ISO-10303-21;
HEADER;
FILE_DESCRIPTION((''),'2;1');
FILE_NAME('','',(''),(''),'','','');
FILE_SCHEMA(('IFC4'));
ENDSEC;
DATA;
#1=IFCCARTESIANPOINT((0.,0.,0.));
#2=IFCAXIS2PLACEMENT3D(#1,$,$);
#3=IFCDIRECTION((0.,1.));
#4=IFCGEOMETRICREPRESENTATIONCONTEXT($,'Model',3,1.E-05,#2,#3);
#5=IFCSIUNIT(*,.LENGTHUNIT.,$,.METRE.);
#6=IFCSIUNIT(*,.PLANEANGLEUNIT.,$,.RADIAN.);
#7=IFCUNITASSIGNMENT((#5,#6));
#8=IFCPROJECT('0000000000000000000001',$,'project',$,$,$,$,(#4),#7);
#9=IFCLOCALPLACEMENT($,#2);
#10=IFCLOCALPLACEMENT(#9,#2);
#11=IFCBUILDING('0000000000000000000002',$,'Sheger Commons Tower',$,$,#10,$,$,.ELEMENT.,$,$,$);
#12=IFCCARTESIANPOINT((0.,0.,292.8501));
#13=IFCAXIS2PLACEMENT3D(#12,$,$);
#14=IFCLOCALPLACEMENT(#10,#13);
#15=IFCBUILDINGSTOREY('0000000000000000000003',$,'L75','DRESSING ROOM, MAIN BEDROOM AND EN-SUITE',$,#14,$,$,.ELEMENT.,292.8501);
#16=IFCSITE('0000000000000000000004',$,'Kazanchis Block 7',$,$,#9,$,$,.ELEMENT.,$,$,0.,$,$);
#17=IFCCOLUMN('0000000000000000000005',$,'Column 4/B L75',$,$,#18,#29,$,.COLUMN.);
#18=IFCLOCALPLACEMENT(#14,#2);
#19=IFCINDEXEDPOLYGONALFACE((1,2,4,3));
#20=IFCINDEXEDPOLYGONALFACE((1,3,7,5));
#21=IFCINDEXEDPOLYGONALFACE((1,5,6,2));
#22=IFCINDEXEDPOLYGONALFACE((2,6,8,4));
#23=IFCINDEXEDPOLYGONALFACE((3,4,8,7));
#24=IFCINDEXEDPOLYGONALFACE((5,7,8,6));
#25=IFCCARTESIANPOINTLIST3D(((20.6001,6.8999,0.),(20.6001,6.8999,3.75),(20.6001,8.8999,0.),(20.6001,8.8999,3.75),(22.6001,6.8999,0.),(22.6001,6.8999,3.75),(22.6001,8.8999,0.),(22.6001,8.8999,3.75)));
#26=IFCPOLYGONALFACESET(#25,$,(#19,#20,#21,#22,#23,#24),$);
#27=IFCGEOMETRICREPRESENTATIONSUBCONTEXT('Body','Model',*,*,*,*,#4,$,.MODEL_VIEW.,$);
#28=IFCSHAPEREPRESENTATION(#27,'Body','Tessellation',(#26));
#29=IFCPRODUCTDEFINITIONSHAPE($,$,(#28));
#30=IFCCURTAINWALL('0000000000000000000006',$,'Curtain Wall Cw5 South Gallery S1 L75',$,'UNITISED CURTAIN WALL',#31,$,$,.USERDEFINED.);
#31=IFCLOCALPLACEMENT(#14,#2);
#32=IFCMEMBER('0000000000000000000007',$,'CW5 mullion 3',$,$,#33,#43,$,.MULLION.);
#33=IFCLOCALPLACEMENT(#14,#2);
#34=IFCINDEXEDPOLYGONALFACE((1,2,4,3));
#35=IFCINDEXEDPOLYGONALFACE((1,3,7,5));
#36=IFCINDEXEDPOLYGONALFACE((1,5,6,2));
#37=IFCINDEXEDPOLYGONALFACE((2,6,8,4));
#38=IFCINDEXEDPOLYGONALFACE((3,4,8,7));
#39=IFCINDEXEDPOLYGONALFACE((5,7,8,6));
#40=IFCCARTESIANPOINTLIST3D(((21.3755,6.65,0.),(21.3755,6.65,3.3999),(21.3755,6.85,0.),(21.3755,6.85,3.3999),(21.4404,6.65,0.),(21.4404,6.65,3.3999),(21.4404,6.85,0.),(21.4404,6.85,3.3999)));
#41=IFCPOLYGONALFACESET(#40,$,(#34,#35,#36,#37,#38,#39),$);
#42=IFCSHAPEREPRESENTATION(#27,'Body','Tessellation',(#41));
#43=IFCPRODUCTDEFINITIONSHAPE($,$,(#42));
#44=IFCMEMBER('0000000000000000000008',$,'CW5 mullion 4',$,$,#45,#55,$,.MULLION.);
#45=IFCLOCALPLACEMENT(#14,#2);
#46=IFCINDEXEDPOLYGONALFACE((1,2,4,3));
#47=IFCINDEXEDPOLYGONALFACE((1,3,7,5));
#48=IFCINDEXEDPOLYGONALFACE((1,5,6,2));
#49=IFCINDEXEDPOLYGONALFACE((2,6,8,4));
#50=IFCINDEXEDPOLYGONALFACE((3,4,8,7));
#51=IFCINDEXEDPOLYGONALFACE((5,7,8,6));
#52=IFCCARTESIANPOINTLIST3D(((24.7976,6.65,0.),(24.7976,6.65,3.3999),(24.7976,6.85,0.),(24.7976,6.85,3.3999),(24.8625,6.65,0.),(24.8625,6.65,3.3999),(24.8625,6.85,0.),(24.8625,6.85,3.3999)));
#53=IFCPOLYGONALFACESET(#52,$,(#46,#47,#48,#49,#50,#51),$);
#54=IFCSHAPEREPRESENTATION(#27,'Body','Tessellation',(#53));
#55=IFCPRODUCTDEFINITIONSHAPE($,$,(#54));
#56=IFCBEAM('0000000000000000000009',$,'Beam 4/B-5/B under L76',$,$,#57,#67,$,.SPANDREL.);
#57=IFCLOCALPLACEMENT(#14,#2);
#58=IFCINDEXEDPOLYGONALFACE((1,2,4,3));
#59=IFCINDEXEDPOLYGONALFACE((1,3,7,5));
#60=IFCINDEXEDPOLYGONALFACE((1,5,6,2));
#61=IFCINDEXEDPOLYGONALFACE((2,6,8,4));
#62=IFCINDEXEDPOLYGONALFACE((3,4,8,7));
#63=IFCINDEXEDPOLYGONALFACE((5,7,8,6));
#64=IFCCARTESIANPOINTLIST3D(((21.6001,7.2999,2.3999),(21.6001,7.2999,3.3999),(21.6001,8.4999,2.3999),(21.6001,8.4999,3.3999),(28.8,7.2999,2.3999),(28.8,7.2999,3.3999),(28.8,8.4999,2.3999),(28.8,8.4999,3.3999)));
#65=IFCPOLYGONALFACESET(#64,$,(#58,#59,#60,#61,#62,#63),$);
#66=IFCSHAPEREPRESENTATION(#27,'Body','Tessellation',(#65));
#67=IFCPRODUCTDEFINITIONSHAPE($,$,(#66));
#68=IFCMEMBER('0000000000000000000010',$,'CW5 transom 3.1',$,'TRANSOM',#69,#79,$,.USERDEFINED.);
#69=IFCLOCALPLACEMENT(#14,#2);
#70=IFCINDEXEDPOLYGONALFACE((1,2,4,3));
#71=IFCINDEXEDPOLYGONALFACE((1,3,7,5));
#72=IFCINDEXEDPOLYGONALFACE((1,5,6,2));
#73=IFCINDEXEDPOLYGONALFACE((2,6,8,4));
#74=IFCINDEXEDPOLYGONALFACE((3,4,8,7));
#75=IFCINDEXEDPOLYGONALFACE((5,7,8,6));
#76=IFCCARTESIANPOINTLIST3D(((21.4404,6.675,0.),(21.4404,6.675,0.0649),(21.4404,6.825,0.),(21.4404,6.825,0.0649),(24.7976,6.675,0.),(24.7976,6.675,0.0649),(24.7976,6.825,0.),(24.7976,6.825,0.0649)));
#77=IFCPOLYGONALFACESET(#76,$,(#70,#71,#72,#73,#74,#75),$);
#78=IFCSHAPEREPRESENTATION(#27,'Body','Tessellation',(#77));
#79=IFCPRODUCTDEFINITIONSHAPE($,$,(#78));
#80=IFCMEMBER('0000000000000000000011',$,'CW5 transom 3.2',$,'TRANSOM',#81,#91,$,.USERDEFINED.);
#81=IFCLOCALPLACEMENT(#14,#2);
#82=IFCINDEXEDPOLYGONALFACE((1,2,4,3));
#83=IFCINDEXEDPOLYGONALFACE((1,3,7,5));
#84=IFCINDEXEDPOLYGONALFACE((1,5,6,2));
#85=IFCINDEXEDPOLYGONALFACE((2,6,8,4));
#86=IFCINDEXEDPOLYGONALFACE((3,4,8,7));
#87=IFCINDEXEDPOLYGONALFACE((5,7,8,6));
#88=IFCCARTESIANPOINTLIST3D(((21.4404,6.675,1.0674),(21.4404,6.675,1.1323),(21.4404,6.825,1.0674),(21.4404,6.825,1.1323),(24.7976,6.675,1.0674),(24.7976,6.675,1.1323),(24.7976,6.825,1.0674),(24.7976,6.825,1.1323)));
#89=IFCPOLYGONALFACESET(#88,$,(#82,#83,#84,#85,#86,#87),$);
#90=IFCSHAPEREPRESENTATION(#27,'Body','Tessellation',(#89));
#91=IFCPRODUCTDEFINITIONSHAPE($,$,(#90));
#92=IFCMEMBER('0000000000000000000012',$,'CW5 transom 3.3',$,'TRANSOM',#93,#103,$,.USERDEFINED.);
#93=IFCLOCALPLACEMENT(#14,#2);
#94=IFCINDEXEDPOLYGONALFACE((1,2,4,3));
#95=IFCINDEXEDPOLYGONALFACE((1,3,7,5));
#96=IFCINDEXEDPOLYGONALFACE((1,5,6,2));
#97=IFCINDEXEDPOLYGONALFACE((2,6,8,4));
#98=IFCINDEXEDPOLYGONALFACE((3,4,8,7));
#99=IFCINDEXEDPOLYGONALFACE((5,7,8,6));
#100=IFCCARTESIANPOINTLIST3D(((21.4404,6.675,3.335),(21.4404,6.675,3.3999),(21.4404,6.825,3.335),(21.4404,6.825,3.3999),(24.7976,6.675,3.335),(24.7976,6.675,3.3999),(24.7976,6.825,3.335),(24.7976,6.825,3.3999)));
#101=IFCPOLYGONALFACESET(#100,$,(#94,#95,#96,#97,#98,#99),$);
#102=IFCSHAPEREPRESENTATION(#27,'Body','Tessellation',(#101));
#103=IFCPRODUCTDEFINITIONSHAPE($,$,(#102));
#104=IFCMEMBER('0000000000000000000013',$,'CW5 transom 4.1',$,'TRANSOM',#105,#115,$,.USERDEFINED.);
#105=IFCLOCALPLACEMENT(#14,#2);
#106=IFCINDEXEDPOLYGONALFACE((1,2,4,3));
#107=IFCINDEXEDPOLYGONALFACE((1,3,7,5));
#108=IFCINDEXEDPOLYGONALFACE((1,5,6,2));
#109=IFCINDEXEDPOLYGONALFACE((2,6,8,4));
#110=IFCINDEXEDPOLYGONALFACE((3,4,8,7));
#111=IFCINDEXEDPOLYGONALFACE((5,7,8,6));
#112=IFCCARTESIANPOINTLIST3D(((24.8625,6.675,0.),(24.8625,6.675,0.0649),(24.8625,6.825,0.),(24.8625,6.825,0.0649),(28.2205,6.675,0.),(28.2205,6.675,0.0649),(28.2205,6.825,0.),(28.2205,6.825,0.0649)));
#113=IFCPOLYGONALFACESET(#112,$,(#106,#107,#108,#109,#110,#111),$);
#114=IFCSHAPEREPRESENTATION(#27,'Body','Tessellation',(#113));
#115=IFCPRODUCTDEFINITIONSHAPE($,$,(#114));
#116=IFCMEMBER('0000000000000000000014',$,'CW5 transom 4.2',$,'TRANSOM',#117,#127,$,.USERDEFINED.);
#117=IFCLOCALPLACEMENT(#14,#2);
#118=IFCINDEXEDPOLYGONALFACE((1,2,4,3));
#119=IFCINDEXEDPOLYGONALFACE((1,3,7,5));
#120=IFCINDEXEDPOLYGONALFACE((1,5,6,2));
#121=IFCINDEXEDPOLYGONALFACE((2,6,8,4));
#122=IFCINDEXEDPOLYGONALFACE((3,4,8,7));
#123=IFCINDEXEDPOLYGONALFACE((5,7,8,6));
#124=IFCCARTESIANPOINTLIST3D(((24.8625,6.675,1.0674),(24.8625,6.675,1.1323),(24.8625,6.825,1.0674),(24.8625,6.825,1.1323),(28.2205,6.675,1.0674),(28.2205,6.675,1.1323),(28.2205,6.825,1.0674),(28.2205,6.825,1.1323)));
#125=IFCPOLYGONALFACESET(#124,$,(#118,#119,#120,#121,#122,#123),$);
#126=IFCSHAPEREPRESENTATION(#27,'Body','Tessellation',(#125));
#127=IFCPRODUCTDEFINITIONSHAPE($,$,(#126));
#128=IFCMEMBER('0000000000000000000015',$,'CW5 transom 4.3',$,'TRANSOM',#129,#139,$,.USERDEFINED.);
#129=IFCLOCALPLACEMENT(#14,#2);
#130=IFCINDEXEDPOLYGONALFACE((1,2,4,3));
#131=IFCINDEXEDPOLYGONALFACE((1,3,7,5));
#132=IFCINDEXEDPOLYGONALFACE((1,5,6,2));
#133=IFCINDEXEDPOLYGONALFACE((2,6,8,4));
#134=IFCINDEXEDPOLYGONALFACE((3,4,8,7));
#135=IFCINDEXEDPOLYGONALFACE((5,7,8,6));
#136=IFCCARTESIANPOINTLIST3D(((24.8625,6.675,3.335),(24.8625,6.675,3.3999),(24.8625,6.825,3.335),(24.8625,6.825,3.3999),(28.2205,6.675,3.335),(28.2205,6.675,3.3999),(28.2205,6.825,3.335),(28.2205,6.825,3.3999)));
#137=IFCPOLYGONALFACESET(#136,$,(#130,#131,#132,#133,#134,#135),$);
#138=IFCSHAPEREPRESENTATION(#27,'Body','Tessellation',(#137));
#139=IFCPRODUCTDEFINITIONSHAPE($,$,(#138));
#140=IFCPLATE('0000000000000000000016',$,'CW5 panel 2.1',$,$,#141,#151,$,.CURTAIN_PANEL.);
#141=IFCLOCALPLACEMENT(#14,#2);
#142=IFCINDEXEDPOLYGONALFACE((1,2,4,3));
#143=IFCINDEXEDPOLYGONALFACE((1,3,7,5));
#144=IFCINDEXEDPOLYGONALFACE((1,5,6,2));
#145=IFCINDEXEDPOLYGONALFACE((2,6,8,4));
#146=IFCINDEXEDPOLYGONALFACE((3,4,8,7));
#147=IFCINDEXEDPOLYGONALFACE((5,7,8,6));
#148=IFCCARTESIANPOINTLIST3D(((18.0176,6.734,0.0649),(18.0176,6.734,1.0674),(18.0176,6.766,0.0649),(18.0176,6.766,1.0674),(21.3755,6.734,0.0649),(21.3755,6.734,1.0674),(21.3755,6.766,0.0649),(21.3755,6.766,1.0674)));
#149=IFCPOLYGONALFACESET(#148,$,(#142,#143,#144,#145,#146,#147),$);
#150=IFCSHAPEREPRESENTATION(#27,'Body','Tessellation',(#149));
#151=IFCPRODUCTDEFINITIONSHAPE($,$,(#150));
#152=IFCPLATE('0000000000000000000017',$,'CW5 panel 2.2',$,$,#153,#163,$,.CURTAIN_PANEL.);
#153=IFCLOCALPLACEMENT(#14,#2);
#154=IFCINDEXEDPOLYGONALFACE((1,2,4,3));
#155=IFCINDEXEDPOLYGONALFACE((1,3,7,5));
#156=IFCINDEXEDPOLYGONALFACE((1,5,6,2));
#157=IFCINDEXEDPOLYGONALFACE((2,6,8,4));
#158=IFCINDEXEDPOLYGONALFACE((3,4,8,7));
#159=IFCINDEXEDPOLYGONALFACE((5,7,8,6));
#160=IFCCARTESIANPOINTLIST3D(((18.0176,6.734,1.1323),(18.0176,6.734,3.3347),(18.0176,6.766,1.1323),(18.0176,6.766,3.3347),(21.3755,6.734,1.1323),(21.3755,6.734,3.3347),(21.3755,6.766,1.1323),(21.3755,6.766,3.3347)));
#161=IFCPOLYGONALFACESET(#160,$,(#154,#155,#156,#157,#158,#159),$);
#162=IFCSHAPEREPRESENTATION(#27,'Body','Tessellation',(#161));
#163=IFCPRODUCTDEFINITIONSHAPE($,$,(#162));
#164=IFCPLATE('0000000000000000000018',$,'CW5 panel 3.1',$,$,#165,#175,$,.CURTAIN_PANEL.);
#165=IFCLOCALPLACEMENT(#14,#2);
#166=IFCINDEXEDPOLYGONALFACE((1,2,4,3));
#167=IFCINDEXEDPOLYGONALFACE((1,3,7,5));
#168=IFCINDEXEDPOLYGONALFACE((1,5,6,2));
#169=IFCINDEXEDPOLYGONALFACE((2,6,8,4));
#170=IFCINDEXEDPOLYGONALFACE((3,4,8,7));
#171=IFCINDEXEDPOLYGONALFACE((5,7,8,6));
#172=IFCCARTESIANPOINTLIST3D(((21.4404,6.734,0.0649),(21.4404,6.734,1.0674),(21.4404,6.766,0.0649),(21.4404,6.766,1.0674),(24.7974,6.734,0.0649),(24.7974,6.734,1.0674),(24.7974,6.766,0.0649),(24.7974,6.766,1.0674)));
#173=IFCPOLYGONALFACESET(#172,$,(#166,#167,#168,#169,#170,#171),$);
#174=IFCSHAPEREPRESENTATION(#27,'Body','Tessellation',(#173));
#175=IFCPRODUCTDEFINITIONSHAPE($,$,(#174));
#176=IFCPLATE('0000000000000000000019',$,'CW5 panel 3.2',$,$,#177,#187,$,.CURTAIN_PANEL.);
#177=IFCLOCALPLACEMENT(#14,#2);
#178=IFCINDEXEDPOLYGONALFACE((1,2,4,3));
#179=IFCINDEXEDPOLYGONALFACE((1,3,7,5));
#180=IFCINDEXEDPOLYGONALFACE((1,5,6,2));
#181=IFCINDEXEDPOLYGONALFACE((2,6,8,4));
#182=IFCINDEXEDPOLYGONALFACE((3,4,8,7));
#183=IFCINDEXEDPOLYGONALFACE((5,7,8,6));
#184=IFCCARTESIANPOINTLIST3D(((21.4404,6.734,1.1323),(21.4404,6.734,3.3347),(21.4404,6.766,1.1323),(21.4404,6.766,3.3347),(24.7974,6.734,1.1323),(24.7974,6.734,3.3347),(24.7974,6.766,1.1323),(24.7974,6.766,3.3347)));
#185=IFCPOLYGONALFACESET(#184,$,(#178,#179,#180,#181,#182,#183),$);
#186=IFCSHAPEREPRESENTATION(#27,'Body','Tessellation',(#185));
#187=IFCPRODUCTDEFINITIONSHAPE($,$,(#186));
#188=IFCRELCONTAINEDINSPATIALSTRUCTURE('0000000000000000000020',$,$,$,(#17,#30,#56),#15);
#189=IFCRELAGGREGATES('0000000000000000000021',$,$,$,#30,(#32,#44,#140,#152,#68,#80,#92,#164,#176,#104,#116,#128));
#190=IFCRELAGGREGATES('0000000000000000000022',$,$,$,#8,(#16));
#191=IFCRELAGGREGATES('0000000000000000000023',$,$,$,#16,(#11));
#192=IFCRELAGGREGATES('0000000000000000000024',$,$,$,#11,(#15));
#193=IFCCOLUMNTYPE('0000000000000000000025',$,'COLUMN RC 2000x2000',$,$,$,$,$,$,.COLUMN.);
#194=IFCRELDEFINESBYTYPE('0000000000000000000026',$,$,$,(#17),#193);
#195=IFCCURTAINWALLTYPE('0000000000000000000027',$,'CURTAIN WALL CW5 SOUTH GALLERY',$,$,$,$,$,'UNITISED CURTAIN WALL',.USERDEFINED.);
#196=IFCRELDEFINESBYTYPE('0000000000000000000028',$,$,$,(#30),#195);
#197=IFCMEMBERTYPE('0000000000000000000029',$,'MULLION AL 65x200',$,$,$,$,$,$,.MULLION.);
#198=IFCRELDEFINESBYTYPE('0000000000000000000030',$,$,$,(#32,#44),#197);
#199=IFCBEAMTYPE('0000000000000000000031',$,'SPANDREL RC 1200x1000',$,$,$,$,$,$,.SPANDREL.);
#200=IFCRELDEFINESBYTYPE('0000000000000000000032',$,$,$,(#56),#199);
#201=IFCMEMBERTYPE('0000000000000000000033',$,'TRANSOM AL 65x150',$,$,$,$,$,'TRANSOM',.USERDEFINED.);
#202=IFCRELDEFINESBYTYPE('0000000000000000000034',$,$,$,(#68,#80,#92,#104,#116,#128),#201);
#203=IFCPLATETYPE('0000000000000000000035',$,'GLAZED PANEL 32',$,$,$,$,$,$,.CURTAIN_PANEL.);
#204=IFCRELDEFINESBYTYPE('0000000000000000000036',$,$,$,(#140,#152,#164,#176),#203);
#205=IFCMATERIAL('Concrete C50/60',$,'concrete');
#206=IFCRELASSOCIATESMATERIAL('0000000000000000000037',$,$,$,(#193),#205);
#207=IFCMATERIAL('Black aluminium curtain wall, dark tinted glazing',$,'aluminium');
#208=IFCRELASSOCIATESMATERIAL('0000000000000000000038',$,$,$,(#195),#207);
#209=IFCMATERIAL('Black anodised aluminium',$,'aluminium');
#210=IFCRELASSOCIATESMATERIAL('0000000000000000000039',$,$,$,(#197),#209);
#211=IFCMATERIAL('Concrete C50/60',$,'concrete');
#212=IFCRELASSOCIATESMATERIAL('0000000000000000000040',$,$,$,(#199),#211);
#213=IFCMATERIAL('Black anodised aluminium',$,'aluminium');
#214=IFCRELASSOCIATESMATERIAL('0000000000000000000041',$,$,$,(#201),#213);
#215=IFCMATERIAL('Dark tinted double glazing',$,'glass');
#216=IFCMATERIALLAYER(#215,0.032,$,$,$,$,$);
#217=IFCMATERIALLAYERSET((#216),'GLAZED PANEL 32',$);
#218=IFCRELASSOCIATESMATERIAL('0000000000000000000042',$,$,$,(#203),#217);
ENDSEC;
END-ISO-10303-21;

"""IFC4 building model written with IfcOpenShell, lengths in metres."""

from ifc_helpers import new_model, si_unit, direction, frame, origin, origin_2d, place, context, subcontext, project, spatial, rectangle, extrude, material, layer, layer_set, material_profile, profile_set, type_object, element, aggregate, save


model = new_model("IFC4")

# Units and contexts
model_context = context("Model", 3, precision=1e-05, world=origin(), true_north=direction((0.0, 1.0)))
body_context = subcontext(model_context, "Body", "Model", "MODEL_VIEW")
ifc_project = project(units=[si_unit("LENGTHUNIT", "METRE"), si_unit("PLANEANGLEUNIT", "RADIAN")], contexts=[model_context])

# Site, building, storey
site_placement = place(None, origin())
site = spatial("IfcSite", under=ifc_project, at=site_placement, Name="Kazanchis Block 7", CompositionType="ELEMENT", RefElevation=0.0)
building_placement = place(site_placement, origin())
building = spatial("IfcBuilding", under=site, at=building_placement, Name="Sheger Commons Tower", CompositionType="ELEMENT")
storey_placement = place(building_placement, frame((0.0, 0.0, 292.8501)))
storey = spatial("IfcBuildingStorey", under=building, at=storey_placement, Name="L75", Description="DRESSING ROOM, MAIN BEDROOM AND EN-SUITE", CompositionType="ELEMENT", Elevation=292.8501)

# Column
ifc_material_1 = material(Name="Concrete C50/60", Category="concrete")
ifc_material_profile_1 = material_profile(ifc_material_1, rectangle(XDim=2.0, YDim=2.0, at=origin_2d()), Name="RC 2000x2000")
ifc_profile_set_1 = profile_set([ifc_material_profile_1], Name="Concrete C50/60")
column_type = type_object("IfcColumnType", Name="COLUMN RC 2000x2000", PredefinedType="COLUMN", material=ifc_profile_set_1)
column_placement = place(storey_placement, frame((21.6001, 7.8999, 0.0), z_axis=(0.0, 0.0, 1.0), x_axis=(1.0, 0.0, 0.0)))
element("IfcColumn", 1, at=column_placement, inside=storey, type_object=column_type, Name="Column 4/B L75", PredefinedType="COLUMN", context=body_context, shape_type="SweptSolid", body=[
    extrude(rectangle(XDim=2.0, YDim=2.0, at=origin_2d()), origin(), (0.0, 0.0, 1.0), 3.75),
])

# Curtain wall, members
ifc_material_2 = material(Name="Black aluminium curtain wall, dark tinted glazing", Category="aluminium")
curtain_wall_type = type_object("IfcCurtainWallType", Name="CURTAIN WALL CW5 SOUTH GALLERY", ElementType="UNITISED CURTAIN WALL", PredefinedType="USERDEFINED", material=ifc_material_2)
curtain_wall_placement = place(storey_placement, origin())
curtain_wall = element("IfcCurtainWall", 2, at=curtain_wall_placement, inside=storey, type_object=curtain_wall_type, Name="Curtain Wall Cw5 South Gallery S1 L75", ObjectType="UNITISED CURTAIN WALL", PredefinedType="USERDEFINED")
ifc_material_3 = material(Name="Black anodised aluminium", Category="aluminium")
ifc_material_profile_2 = material_profile(ifc_material_3, rectangle(XDim=0.2, YDim=0.0649, at=origin_2d()), Name="AL 65x200")
ifc_profile_set_2 = profile_set([ifc_material_profile_2], Name="Black anodised aluminium")
member_type_1 = type_object("IfcMemberType", Name="MULLION AL 65x200", PredefinedType="MULLION", material=ifc_profile_set_2)
member_1_placement = place(storey_placement, frame((21.408, 6.75, 0.0), z_axis=(0.0, 0.0, 1.0), x_axis=(0.0, 1.0, 0.0)))
member_1 = element("IfcMember", 3, at=member_1_placement, type_object=member_type_1, Name="CW5 mullion 3", PredefinedType="MULLION", context=body_context, shape_type="SweptSolid", body=[
    extrude(rectangle(XDim=0.2, YDim=0.0649, at=origin_2d()), origin(), (0.0, 0.0, 1.0), 3.3999),
])
member_2_placement = place(storey_placement, frame((24.8301, 6.75, 0.0), z_axis=(0.0, 0.0, 1.0), x_axis=(0.0, 1.0, 0.0)))
member_2 = element("IfcMember", 4, at=member_2_placement, type_object=member_type_1, Name="CW5 mullion 4", PredefinedType="MULLION", context=body_context, shape_type="SweptSolid", body=[
    extrude(rectangle(XDim=0.2, YDim=0.0649, at=origin_2d()), origin(), (0.0, 0.0, 1.0), 3.3999),
])

# Beam
ifc_material_4 = material(Name="Concrete C50/60", Category="concrete")
ifc_material_profile_3 = material_profile(ifc_material_4, rectangle(XDim=1.2, YDim=1.0, at=origin_2d()), Name="RC 1200x1000")
ifc_profile_set_3 = profile_set([ifc_material_profile_3], Name="Concrete C50/60")
beam_type = type_object("IfcBeamType", Name="SPANDREL RC 1200x1000", PredefinedType="SPANDREL", material=ifc_profile_set_3)
beam_placement = place(storey_placement, frame((21.6001, 7.8999, 2.8999), z_axis=(1.0, 0.0, 0.0), x_axis=(0.0, 1.0, 0.0)))
element("IfcBeam", 5, at=beam_placement, inside=storey, type_object=beam_type, Name="Beam 4/B-5/B under L76", PredefinedType="SPANDREL", context=body_context, shape_type="SweptSolid", body=[
    extrude(rectangle(XDim=1.2, YDim=1.0, at=origin_2d()), origin(), (0.0, 0.0, 1.0), 7.2),
])

# Members
ifc_material_5 = material(Name="Black anodised aluminium", Category="aluminium")
ifc_material_profile_4 = material_profile(ifc_material_5, rectangle(XDim=0.1499, YDim=0.0649, at=origin_2d()), Name="AL 65x150")
ifc_profile_set_4 = profile_set([ifc_material_profile_4], Name="Black anodised aluminium")
member_type_2 = type_object("IfcMemberType", Name="TRANSOM AL 65x150", ElementType="TRANSOM", PredefinedType="USERDEFINED", material=ifc_profile_set_4)
member_3_placement = place(storey_placement, frame((21.4404, 6.75, 0.0325), z_axis=(1.0, 0.0, 0.0), x_axis=(0.0, 1.0, 0.0)))
member_3 = element("IfcMember", 6, at=member_3_placement, type_object=member_type_2, Name="CW5 transom 3.1", ObjectType="TRANSOM", PredefinedType="USERDEFINED", context=body_context, shape_type="SweptSolid", body=[
    extrude(rectangle(XDim=0.1499, YDim=0.0649, at=origin_2d()), origin(), (0.0, 0.0, 1.0), 3.3572),
])
member_4_placement = place(storey_placement, frame((21.4404, 6.75, 1.0999), z_axis=(1.0, 0.0, 0.0), x_axis=(0.0, 1.0, 0.0)))
member_4 = element("IfcMember", 7, at=member_4_placement, type_object=member_type_2, Name="CW5 transom 3.2", ObjectType="TRANSOM", PredefinedType="USERDEFINED", context=body_context, shape_type="SweptSolid", body=[
    extrude(rectangle(XDim=0.1499, YDim=0.0649, at=origin_2d()), origin(), (0.0, 0.0, 1.0), 3.3572),
])
member_5_placement = place(storey_placement, frame((21.4404, 6.75, 3.3674), z_axis=(1.0, 0.0, 0.0), x_axis=(0.0, 1.0, 0.0)))
member_5 = element("IfcMember", 8, at=member_5_placement, type_object=member_type_2, Name="CW5 transom 3.3", ObjectType="TRANSOM", PredefinedType="USERDEFINED", context=body_context, shape_type="SweptSolid", body=[
    extrude(rectangle(XDim=0.1499, YDim=0.0649, at=origin_2d()), origin(), (0.0, 0.0, 1.0), 3.3572),
])
member_6_placement = place(storey_placement, frame((24.8625, 6.75, 0.0325), z_axis=(1.0, 0.0, 0.0), x_axis=(0.0, 1.0, 0.0)))
member_6 = element("IfcMember", 9, at=member_6_placement, type_object=member_type_2, Name="CW5 transom 4.1", ObjectType="TRANSOM", PredefinedType="USERDEFINED", context=body_context, shape_type="SweptSolid", body=[
    extrude(rectangle(XDim=0.1499, YDim=0.0649, at=origin_2d()), origin(), (0.0, 0.0, 1.0), 3.3579),
])
member_7_placement = place(storey_placement, frame((24.8625, 6.75, 1.0999), z_axis=(1.0, 0.0, 0.0), x_axis=(0.0, 1.0, 0.0)))
member_7 = element("IfcMember", 10, at=member_7_placement, type_object=member_type_2, Name="CW5 transom 4.2", ObjectType="TRANSOM", PredefinedType="USERDEFINED", context=body_context, shape_type="SweptSolid", body=[
    extrude(rectangle(XDim=0.1499, YDim=0.0649, at=origin_2d()), origin(), (0.0, 0.0, 1.0), 3.3579),
])
member_8_placement = place(storey_placement, frame((24.8625, 6.75, 3.3674), z_axis=(1.0, 0.0, 0.0), x_axis=(0.0, 1.0, 0.0)))
member_8 = element("IfcMember", 11, at=member_8_placement, type_object=member_type_2, Name="CW5 transom 4.3", ObjectType="TRANSOM", PredefinedType="USERDEFINED", context=body_context, shape_type="SweptSolid", body=[
    extrude(rectangle(XDim=0.1499, YDim=0.0649, at=origin_2d()), origin(), (0.0, 0.0, 1.0), 3.3579),
])

# Plates
ifc_material_6 = material(Name="Dark tinted double glazing", Category="glass")
ifc_layer_1 = layer(ifc_material_6, 0.032)
ifc_layer_set_1 = layer_set([ifc_layer_1], Name="GLAZED PANEL 32")
plate_type = type_object("IfcPlateType", Name="GLAZED PANEL 32", PredefinedType="CURTAIN_PANEL", material=ifc_layer_set_1)
plate_1_placement = place(storey_placement, frame((19.6965, 6.75, 0.0649), z_axis=(0.0, 0.0, 1.0), x_axis=(1.0, 0.0, 0.0)))
plate_1 = element("IfcPlate", 12, at=plate_1_placement, type_object=plate_type, Name="CW5 panel 2.1", PredefinedType="CURTAIN_PANEL", context=body_context, shape_type="SweptSolid", body=[
    extrude(rectangle(XDim=3.3579, YDim=0.032, at=origin_2d()), origin(), (0.0, 0.0, 1.0), 1.0024),
])
plate_2_placement = place(storey_placement, frame((19.6965, 6.75, 1.1323), z_axis=(0.0, 0.0, 1.0), x_axis=(1.0, 0.0, 0.0)))
plate_2 = element("IfcPlate", 13, at=plate_2_placement, type_object=plate_type, Name="CW5 panel 2.2", PredefinedType="CURTAIN_PANEL", context=body_context, shape_type="SweptSolid", body=[
    extrude(rectangle(XDim=3.3579, YDim=0.032, at=origin_2d()), origin(), (0.0, 0.0, 1.0), 2.2024),
])
plate_3_placement = place(storey_placement, frame((23.1189, 6.75, 0.0649), z_axis=(0.0, 0.0, 1.0), x_axis=(1.0, 0.0, 0.0)))
plate_3 = element("IfcPlate", 14, at=plate_3_placement, type_object=plate_type, Name="CW5 panel 3.1", PredefinedType="CURTAIN_PANEL", context=body_context, shape_type="SweptSolid", body=[
    extrude(rectangle(XDim=3.3569, YDim=0.032, at=origin_2d()), origin(), (0.0, 0.0, 1.0), 1.0024),
])
plate_4_placement = place(storey_placement, frame((23.1189, 6.75, 1.1323), z_axis=(0.0, 0.0, 1.0), x_axis=(1.0, 0.0, 0.0)))
plate_4 = element("IfcPlate", 15, at=plate_4_placement, type_object=plate_type, Name="CW5 panel 3.2", PredefinedType="CURTAIN_PANEL", context=body_context, shape_type="SweptSolid", body=[
    extrude(rectangle(XDim=3.3569, YDim=0.032, at=origin_2d()), origin(), (0.0, 0.0, 1.0), 2.2024),
])
aggregate(curtain_wall, [member_1, member_2, plate_1, plate_2, member_3, member_4, member_5, plate_3, plate_4, member_6, member_7, member_8])

save(model, "model.ifc")
